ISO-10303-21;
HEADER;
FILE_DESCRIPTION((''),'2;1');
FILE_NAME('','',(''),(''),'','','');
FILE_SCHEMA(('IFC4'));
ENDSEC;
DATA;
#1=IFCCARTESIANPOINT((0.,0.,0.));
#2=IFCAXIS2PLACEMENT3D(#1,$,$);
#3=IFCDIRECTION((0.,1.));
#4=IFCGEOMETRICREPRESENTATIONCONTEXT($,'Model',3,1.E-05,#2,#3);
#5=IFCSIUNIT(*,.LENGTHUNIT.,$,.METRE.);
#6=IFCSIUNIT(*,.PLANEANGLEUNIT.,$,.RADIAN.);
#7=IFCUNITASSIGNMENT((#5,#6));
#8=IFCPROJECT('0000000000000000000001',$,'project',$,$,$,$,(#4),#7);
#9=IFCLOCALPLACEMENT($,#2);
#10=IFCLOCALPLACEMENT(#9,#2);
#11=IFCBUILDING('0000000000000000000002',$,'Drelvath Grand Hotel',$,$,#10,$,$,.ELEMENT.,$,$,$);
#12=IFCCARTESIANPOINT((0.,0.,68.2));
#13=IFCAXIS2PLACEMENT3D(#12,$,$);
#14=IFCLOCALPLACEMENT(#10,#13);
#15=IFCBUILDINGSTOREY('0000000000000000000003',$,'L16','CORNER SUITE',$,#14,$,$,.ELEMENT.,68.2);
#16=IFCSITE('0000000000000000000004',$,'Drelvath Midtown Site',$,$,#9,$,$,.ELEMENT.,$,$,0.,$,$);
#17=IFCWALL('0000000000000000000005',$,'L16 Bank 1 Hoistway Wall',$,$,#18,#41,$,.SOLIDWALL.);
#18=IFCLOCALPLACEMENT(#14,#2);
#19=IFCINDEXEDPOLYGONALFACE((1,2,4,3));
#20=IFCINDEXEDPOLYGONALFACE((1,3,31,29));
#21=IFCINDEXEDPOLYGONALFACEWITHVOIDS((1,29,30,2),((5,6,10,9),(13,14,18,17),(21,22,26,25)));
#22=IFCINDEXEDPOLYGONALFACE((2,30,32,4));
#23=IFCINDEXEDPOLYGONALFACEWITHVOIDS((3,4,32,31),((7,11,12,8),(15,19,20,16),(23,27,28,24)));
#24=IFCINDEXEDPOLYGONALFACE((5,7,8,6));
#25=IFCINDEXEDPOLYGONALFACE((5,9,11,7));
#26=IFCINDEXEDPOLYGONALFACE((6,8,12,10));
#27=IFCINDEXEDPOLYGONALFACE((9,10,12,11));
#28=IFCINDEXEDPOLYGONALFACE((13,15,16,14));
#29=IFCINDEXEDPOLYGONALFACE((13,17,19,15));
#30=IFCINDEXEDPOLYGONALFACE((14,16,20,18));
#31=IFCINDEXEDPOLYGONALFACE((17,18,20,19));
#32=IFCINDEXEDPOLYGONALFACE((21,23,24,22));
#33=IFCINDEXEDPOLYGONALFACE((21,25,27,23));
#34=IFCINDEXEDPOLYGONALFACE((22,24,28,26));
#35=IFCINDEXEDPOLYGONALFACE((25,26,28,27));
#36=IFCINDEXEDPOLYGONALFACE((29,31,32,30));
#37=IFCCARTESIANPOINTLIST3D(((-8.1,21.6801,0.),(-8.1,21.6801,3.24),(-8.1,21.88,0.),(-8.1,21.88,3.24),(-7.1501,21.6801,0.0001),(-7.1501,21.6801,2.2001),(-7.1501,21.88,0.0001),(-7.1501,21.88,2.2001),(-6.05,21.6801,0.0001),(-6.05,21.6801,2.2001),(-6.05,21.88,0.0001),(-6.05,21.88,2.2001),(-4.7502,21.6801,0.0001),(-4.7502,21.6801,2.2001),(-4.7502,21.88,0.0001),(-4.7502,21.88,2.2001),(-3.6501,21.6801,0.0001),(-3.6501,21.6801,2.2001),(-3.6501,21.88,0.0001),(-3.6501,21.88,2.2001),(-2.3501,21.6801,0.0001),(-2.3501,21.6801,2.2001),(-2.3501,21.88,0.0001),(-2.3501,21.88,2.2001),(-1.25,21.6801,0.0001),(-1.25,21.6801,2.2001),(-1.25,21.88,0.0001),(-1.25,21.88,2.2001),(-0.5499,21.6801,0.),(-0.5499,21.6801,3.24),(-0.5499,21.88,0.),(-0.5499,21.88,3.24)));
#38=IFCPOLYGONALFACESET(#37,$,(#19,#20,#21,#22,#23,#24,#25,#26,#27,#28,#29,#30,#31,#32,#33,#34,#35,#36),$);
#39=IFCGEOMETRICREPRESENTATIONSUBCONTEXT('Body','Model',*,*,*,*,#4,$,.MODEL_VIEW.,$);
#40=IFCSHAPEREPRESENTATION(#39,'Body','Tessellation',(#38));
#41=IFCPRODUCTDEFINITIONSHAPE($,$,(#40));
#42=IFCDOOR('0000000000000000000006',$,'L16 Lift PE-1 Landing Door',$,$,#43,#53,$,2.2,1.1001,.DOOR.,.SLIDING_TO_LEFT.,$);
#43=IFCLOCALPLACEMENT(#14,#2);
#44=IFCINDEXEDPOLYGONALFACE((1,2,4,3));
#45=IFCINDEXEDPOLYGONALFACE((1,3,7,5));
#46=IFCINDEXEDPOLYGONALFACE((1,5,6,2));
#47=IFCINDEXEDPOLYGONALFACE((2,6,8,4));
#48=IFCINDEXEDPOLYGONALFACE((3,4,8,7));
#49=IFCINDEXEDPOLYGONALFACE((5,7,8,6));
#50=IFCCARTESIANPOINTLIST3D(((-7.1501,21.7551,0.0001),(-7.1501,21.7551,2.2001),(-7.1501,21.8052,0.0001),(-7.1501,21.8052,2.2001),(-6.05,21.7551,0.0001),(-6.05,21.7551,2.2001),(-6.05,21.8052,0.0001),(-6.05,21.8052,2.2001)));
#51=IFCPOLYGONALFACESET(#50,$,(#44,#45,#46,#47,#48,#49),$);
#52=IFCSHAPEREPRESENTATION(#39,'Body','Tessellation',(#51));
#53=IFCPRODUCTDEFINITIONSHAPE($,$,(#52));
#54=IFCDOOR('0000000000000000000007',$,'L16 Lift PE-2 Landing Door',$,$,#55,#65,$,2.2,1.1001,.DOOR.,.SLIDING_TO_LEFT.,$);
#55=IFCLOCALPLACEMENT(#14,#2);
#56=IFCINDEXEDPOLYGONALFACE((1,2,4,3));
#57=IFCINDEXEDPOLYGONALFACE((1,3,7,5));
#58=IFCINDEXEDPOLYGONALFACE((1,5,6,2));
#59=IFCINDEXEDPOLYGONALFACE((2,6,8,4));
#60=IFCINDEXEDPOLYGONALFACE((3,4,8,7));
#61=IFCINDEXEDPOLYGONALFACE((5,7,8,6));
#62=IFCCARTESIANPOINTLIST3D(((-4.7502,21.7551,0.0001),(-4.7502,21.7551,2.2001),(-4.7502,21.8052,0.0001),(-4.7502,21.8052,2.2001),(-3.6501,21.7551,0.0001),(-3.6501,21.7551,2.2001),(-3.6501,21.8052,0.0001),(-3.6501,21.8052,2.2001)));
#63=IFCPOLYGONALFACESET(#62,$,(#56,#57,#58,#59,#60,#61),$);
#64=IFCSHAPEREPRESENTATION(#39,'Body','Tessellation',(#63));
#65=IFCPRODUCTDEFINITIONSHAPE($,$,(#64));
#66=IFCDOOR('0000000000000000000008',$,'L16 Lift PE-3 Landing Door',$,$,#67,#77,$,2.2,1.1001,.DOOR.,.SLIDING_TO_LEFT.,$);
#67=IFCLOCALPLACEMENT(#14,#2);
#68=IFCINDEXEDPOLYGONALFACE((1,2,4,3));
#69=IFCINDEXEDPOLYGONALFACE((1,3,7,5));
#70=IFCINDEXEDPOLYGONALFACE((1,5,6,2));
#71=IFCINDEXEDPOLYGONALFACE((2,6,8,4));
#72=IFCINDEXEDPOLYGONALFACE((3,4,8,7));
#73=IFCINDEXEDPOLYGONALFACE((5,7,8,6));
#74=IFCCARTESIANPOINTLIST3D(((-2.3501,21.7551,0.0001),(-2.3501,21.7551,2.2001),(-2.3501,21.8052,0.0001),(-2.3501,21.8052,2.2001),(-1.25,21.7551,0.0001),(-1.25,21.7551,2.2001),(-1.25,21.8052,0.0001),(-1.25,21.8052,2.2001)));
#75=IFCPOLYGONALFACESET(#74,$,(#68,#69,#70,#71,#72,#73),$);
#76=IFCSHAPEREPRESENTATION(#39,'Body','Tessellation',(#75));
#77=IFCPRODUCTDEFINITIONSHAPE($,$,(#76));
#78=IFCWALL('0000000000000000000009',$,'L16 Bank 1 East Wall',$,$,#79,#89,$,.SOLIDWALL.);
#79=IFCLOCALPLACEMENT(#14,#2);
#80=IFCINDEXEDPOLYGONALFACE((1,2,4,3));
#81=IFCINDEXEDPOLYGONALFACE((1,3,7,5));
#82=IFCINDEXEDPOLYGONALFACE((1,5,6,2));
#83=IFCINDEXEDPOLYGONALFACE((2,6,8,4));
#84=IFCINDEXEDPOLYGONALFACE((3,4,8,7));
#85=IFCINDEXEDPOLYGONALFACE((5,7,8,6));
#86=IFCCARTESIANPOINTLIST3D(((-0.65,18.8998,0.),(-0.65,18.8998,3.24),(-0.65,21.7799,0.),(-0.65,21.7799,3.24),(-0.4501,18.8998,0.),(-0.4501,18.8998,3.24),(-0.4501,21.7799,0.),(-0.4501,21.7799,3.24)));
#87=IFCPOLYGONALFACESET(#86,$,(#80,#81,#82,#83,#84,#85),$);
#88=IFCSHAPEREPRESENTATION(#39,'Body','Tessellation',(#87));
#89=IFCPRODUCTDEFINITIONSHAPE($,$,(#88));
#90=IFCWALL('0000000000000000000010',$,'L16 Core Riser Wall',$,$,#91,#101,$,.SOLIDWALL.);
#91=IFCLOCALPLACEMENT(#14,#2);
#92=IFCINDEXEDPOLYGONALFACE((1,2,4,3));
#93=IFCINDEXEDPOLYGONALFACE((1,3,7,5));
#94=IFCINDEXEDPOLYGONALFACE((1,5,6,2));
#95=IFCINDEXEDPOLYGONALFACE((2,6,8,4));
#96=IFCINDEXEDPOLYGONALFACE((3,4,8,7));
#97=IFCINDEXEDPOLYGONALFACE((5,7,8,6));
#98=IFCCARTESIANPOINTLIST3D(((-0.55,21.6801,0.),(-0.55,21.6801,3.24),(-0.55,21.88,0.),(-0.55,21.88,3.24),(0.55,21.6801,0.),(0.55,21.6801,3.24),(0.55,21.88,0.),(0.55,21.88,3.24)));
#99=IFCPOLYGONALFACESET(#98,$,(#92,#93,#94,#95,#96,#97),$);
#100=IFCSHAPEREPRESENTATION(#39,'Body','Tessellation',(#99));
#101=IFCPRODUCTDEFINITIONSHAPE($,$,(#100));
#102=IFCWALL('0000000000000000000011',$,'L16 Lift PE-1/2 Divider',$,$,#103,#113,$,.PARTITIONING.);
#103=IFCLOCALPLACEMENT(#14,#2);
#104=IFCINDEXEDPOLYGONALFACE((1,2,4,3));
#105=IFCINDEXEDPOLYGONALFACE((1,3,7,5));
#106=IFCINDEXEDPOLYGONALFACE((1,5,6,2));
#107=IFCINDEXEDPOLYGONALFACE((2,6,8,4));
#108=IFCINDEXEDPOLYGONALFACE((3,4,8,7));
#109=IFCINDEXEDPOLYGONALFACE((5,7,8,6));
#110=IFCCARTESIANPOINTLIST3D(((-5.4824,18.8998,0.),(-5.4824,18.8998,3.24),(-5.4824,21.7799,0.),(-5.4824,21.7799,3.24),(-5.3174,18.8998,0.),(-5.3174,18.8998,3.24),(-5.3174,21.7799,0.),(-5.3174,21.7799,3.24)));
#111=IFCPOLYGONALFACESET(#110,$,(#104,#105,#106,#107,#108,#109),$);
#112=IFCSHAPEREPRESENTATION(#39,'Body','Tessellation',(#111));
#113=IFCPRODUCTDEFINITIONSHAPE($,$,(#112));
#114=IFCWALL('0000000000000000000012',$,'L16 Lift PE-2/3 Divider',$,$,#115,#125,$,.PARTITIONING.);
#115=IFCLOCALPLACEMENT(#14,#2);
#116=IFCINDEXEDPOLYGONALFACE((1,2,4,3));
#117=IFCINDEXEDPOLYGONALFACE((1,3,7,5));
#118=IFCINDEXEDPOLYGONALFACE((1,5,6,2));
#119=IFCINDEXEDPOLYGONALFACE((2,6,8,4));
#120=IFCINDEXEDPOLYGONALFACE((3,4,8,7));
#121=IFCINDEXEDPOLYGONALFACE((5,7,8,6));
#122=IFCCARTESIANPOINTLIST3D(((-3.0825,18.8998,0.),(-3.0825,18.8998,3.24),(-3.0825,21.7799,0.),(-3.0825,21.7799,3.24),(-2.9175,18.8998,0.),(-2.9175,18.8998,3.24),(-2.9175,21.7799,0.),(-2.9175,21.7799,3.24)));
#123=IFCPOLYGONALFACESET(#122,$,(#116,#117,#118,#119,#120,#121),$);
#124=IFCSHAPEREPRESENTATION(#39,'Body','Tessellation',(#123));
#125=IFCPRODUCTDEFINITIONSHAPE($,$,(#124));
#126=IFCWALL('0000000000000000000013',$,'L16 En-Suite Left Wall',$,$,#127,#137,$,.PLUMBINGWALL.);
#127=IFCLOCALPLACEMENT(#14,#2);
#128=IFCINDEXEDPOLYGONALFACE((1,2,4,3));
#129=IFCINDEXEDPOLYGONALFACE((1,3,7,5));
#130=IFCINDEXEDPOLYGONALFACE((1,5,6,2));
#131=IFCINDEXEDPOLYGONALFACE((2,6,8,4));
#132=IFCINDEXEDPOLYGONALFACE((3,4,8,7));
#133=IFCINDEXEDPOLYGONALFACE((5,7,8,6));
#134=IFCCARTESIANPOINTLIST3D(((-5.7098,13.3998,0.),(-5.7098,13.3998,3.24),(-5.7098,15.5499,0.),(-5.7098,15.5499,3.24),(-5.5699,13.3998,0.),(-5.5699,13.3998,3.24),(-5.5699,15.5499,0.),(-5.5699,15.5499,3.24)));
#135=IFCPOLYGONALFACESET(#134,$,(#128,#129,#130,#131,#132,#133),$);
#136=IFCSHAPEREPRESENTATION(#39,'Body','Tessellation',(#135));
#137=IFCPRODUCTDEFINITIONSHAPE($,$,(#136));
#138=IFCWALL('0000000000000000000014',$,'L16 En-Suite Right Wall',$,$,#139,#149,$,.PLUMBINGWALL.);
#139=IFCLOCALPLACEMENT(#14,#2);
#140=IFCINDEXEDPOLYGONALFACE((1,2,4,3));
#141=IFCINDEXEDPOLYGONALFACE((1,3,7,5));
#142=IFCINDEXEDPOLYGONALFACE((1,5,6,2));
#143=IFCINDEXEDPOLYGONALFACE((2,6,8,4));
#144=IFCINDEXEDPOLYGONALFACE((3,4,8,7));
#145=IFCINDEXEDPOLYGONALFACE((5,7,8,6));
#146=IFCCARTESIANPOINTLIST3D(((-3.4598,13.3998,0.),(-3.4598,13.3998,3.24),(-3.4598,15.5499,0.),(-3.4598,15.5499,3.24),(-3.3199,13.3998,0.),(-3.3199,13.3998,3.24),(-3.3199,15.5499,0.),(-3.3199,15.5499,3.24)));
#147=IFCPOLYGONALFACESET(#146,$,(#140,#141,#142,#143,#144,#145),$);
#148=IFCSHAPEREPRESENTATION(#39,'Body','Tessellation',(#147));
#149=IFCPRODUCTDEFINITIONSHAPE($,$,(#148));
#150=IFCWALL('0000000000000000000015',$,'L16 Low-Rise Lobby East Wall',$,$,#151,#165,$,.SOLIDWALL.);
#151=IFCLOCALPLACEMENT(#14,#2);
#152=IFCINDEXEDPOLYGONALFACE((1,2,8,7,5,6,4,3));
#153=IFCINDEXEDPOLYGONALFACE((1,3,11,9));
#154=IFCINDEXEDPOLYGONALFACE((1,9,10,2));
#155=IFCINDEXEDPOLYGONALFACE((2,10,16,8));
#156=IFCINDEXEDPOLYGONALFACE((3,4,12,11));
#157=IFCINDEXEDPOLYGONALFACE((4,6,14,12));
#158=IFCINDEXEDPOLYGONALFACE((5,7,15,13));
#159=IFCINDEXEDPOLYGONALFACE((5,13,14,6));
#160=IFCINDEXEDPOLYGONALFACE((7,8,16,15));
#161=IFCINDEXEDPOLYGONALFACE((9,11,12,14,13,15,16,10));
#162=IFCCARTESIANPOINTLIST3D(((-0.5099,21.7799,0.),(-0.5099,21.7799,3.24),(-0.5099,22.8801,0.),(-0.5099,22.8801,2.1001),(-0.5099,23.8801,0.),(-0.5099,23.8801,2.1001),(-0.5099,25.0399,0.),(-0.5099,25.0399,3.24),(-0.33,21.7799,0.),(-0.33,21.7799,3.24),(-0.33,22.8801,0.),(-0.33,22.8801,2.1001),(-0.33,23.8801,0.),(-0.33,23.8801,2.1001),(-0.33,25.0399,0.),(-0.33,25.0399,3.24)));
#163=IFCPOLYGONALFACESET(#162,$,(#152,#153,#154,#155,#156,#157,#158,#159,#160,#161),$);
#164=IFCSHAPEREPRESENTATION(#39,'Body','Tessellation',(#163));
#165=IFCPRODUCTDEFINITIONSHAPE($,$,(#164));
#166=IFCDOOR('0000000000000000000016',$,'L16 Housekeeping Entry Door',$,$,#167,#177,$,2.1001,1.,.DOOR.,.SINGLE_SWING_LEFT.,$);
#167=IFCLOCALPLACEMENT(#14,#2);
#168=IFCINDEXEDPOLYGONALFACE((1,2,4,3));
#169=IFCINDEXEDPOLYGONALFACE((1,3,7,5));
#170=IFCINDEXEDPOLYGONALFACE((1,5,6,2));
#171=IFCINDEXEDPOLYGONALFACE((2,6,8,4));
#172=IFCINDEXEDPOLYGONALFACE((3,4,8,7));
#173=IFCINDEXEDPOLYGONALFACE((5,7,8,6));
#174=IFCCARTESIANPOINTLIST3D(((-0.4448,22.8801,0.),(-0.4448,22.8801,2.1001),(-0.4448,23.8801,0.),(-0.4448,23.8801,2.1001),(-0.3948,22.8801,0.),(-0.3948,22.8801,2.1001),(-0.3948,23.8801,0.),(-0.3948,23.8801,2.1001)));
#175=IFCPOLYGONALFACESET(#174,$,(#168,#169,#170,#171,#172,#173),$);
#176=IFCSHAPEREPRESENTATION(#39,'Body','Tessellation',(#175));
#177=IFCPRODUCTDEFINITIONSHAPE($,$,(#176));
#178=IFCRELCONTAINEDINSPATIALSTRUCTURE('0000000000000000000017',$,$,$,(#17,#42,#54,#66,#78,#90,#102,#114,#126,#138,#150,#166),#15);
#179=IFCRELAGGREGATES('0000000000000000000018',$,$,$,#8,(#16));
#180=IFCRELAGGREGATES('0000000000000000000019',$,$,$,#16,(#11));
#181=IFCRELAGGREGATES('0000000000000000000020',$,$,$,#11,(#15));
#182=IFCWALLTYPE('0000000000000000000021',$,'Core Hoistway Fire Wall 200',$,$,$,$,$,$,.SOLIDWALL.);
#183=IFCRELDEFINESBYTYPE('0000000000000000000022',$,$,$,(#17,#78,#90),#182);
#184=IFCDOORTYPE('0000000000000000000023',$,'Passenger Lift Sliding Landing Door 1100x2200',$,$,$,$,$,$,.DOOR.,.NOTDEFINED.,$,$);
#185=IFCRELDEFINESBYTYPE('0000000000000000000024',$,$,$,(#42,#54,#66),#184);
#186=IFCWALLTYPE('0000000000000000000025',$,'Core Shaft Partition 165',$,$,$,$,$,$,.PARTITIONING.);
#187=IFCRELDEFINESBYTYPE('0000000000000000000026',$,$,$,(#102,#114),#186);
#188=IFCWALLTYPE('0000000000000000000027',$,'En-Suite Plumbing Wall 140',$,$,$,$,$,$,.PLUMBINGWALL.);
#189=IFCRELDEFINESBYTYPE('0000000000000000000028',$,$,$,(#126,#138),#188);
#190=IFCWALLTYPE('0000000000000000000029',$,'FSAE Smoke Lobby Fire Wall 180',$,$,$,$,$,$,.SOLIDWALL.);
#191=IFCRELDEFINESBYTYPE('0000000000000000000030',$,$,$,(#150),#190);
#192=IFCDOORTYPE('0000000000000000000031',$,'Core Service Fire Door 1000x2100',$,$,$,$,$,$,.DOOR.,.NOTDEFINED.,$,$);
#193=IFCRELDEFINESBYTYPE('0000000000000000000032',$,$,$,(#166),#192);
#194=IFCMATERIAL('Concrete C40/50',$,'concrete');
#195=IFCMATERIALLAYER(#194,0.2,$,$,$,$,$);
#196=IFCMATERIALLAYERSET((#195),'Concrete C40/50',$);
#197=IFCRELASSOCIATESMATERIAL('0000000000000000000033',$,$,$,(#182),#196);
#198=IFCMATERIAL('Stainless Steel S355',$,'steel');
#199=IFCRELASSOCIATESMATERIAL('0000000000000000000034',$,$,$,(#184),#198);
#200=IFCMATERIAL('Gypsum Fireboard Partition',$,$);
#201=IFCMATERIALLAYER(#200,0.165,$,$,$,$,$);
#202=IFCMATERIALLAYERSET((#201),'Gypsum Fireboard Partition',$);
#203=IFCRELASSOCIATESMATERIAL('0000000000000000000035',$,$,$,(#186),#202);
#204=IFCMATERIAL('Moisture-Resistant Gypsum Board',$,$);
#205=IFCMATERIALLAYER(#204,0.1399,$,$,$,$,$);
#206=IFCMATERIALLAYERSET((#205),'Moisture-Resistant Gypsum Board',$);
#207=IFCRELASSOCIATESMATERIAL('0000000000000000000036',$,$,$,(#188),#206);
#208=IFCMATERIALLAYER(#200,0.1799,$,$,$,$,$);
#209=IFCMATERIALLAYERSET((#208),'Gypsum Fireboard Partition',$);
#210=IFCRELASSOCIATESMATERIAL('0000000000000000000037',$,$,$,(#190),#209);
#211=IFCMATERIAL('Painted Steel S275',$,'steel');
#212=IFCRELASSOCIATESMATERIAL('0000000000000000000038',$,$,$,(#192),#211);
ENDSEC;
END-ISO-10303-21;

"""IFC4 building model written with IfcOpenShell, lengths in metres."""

from ifc_helpers import new_model, si_unit, direction, frame, frame_2d, origin, place, context, subcontext, project, spatial, rectangle, extrude, material, layer, layer_set, type_object, element, fill, save


model = new_model("IFC4")

# Units and contexts
model_context = context("Model", 3, precision=1e-05, world=origin(), true_north=direction((0.0, 1.0)))
body_context = subcontext(model_context, "Body", "Model", "MODEL_VIEW")
ifc_project = project(units=[si_unit("LENGTHUNIT", "METRE"), si_unit("PLANEANGLEUNIT", "RADIAN")], contexts=[model_context])

# Site, building, storey
site_placement = place(None, origin())
site = spatial("IfcSite", under=ifc_project, at=site_placement, Name="Drelvath Midtown Site", CompositionType="ELEMENT", RefElevation=0.0)
building_placement = place(site_placement, origin())
building = spatial("IfcBuilding", under=site, at=building_placement, Name="Drelvath Grand Hotel", CompositionType="ELEMENT")
storey_placement = place(building_placement, frame((0.0, 0.0, 68.2)))
storey = spatial("IfcBuildingStorey", under=building, at=storey_placement, Name="L16", Description="CORNER SUITE", CompositionType="ELEMENT", Elevation=68.2)

# Wall, openings, doors
ifc_material_1 = material(Name="Concrete C40/50", Category="concrete")
ifc_layer_1 = layer(ifc_material_1, 0.2)
ifc_layer_set_1 = layer_set([ifc_layer_1], Name="Concrete C40/50")
wall_type_1 = type_object("IfcWallType", Name="Core Hoistway Fire Wall 200", PredefinedType="SOLIDWALL", material=ifc_layer_set_1)
wall_1_placement = place(storey_placement, frame((-0.55, 21.78, 0.0), z_axis=(0.0, 0.0, 1.0), x_axis=(-1.0, 0.0, 0.0)))
wall_1 = element("IfcWall", 1, at=wall_1_placement, inside=storey, type_object=wall_type_1, Name="L16 Bank 1 Hoistway Wall", PredefinedType="SOLIDWALL", context=body_context, shape_type="SweptSolid", body=[
    extrude(rectangle(XDim=7.55, YDim=0.2, at=frame_2d((3.7749, 0.0))), origin(), (0.0, 0.0, 1.0), 3.24),
])
opening_1_placement = place(wall_1_placement, frame((5.5, 0.0, 0.0)))
opening_1 = element("IfcOpeningElement", 2, at=opening_1_placement, cuts=wall_1, PredefinedType="OPENING", context=body_context, shape_type="SweptSolid", body=[
    extrude(rectangle(XDim=1.1001, YDim=2.2, at=frame_2d((0.55, 1.1001))), frame((0.0, 0.1099, 0.0), z_axis=(0.0, -1.0, 0.0), x_axis=(1.0, 0.0, 0.0)), (0.0, 0.0, 1.0), 0.22),
])
opening_2_placement = place(wall_1_placement, frame((3.1001, 0.0, 0.0)))
opening_2 = element("IfcOpeningElement", 3, at=opening_2_placement, cuts=wall_1, PredefinedType="OPENING", context=body_context, shape_type="SweptSolid", body=[
    extrude(rectangle(XDim=1.1001, YDim=2.2, at=frame_2d((0.55, 1.1001))), frame((0.0, 0.1099, 0.0), z_axis=(0.0, -1.0, 0.0), x_axis=(1.0, 0.0, 0.0)), (0.0, 0.0, 1.0), 0.22),
])
opening_3_placement = place(wall_1_placement, frame((0.7, 0.0, 0.0)))
opening_3 = element("IfcOpeningElement", 4, at=opening_3_placement, cuts=wall_1, PredefinedType="OPENING", context=body_context, shape_type="SweptSolid", body=[
    extrude(rectangle(XDim=1.1001, YDim=2.2, at=frame_2d((0.55, 1.1001))), frame((0.0, 0.1099, 0.0), z_axis=(0.0, -1.0, 0.0), x_axis=(1.0, 0.0, 0.0)), (0.0, 0.0, 1.0), 0.22),
])
ifc_material_2 = material(Name="Stainless Steel S355", Category="steel")
door_type_1 = type_object("IfcDoorType", Name="Passenger Lift Sliding Landing Door 1100x2200", OperationType="NOTDEFINED", PredefinedType="DOOR", material=ifc_material_2)
door_1_placement = place(opening_1_placement, origin())
door_1 = element("IfcDoor", 5, at=door_1_placement, inside=storey, type_object=door_type_1, Name="L16 Lift PE-1 Landing Door", OperationType="SLIDING_TO_LEFT", OverallHeight=2.2, OverallWidth=1.1001, PredefinedType="DOOR", context=body_context, shape_type="SweptSolid", body=[
    extrude(rectangle(XDim=1.1001, YDim=2.2, at=frame_2d((0.55, 1.1001))), frame((0.0, 0.0249, 0.0), z_axis=(0.0, -1.0, 0.0), x_axis=(1.0, 0.0, 0.0)), (0.0, 0.0, 1.0), 0.05),
])
fill(opening_1, door_1)
door_2_placement = place(opening_2_placement, origin())
door_2 = element("IfcDoor", 6, at=door_2_placement, inside=storey, type_object=door_type_1, Name="L16 Lift PE-2 Landing Door", OperationType="SLIDING_TO_LEFT", OverallHeight=2.2, OverallWidth=1.1001, PredefinedType="DOOR", context=body_context, shape_type="SweptSolid", body=[
    extrude(rectangle(XDim=1.1001, YDim=2.2, at=frame_2d((0.55, 1.1001))), frame((0.0, 0.0249, 0.0), z_axis=(0.0, -1.0, 0.0), x_axis=(1.0, 0.0, 0.0)), (0.0, 0.0, 1.0), 0.05),
])
fill(opening_2, door_2)
door_3_placement = place(opening_3_placement, origin())
door_3 = element("IfcDoor", 7, at=door_3_placement, inside=storey, type_object=door_type_1, Name="L16 Lift PE-3 Landing Door", OperationType="SLIDING_TO_LEFT", OverallHeight=2.2, OverallWidth=1.1001, PredefinedType="DOOR", context=body_context, shape_type="SweptSolid", body=[
    extrude(rectangle(XDim=1.1001, YDim=2.2, at=frame_2d((0.55, 1.1001))), frame((0.0, 0.0249, 0.0), z_axis=(0.0, -1.0, 0.0), x_axis=(1.0, 0.0, 0.0)), (0.0, 0.0, 1.0), 0.05),
])
fill(opening_3, door_3)

# Walls
wall_2_placement = place(storey_placement, frame((-0.55, 18.8999, 0.0), z_axis=(0.0, 0.0, 1.0), x_axis=(0.0, 1.0, 0.0)))
element("IfcWall", 8, at=wall_2_placement, inside=storey, type_object=wall_type_1, Name="L16 Bank 1 East Wall", PredefinedType="SOLIDWALL", context=body_context, shape_type="SweptSolid", body=[
    extrude(rectangle(XDim=2.8801, YDim=0.2, at=frame_2d((1.4399, 0.0))), origin(), (0.0, 0.0, 1.0), 3.24),
])
wall_3_placement = place(storey_placement, frame((-0.55, 21.78, 0.0), z_axis=(0.0, 0.0, 1.0), x_axis=(1.0, 0.0, 0.0)))
element("IfcWall", 9, at=wall_3_placement, inside=storey, type_object=wall_type_1, Name="L16 Core Riser Wall", PredefinedType="SOLIDWALL", context=body_context, shape_type="SweptSolid", body=[
    extrude(rectangle(XDim=1.1001, YDim=0.2, at=frame_2d((0.55, 0.0))), origin(), (0.0, 0.0, 1.0), 3.24),
])
ifc_material_3 = material(Name="Gypsum Fireboard Partition")
ifc_layer_2 = layer(ifc_material_3, 0.165)
ifc_layer_set_2 = layer_set([ifc_layer_2], Name="Gypsum Fireboard Partition")
wall_type_2 = type_object("IfcWallType", Name="Core Shaft Partition 165", PredefinedType="PARTITIONING", material=ifc_layer_set_2)
for number, where, z_axis, x_axis, name in (
    (10, (-5.3999, 18.8999, 0.0), (0.0, 0.0, 1.0), (0.0, 1.0, 0.0), "L16 Lift PE-1/2 Divider"),
    (11, (-3.0, 18.8999, 0.0), (0.0, 0.0, 1.0), (0.0, 1.0, 0.0), "L16 Lift PE-2/3 Divider"),
):
    element("IfcWall", number, at=place(storey_placement, frame(where, z_axis=z_axis, x_axis=x_axis)), inside=storey, type_object=wall_type_2, Name=name, PredefinedType="PARTITIONING", context=body_context, shape_type="SweptSolid", body=[
        extrude(rectangle(XDim=2.8801, YDim=0.165, at=frame_2d((1.4399, 0.0))), origin(), (0.0, 0.0, 1.0), 3.24),
    ])
ifc_material_4 = material(Name="Moisture-Resistant Gypsum Board")
ifc_layer_3 = layer(ifc_material_4, 0.1399)
ifc_layer_set_3 = layer_set([ifc_layer_3], Name="Moisture-Resistant Gypsum Board")
wall_type_3 = type_object("IfcWallType", Name="En-Suite Plumbing Wall 140", PredefinedType="PLUMBINGWALL", material=ifc_layer_set_3)
for number, where, z_axis, x_axis, name in (
    (12, (-5.6399, 15.55, 0.0), (0.0, 0.0, 1.0), (0.0, -1.0, 0.0), "L16 En-Suite Left Wall"),
    (13, (-3.3899, 15.55, 0.0), (0.0, 0.0, 1.0), (0.0, -1.0, 0.0), "L16 En-Suite Right Wall"),
):
    element("IfcWall", number, at=place(storey_placement, frame(where, z_axis=z_axis, x_axis=x_axis)), inside=storey, type_object=wall_type_3, Name=name, PredefinedType="PLUMBINGWALL", context=body_context, shape_type="SweptSolid", body=[
        extrude(rectangle(XDim=2.1501, YDim=0.1399, at=frame_2d((1.0752, 0.0))), origin(), (0.0, 0.0, 1.0), 3.24),
    ])

# Wall, opening, door
ifc_layer_4 = layer(ifc_material_3, 0.1799)
ifc_layer_set_4 = layer_set([ifc_layer_4], Name="Gypsum Fireboard Partition")
wall_type_4 = type_object("IfcWallType", Name="FSAE Smoke Lobby Fire Wall 180", PredefinedType="SOLIDWALL", material=ifc_layer_set_4)
wall_4_placement = place(storey_placement, frame((-0.4199, 21.78, 0.0), z_axis=(0.0, 0.0, 1.0), x_axis=(0.0, 1.0, 0.0)))
wall_4 = element("IfcWall", 14, at=wall_4_placement, inside=storey, type_object=wall_type_4, Name="L16 Low-Rise Lobby East Wall", PredefinedType="SOLIDWALL", context=body_context, shape_type="SweptSolid", body=[
    extrude(rectangle(XDim=3.26, YDim=0.1799, at=frame_2d((1.6299, 0.0))), origin(), (0.0, 0.0, 1.0), 3.24),
])
opening_4_placement = place(wall_4_placement, frame((1.1001, 0.0, 0.0)))
opening_4 = element("IfcOpeningElement", 15, at=opening_4_placement, cuts=wall_4, PredefinedType="OPENING", context=body_context, shape_type="SweptSolid", body=[
    extrude(rectangle(XDim=1.0, YDim=2.1001, at=frame_2d((0.5, 1.05))), frame((0.0, 0.0999, 0.0), z_axis=(0.0, -1.0, 0.0), x_axis=(1.0, 0.0, 0.0)), (0.0, 0.0, 1.0), 0.2),
])
ifc_material_5 = material(Name="Painted Steel S275", Category="steel")
door_type_2 = type_object("IfcDoorType", Name="Core Service Fire Door 1000x2100", OperationType="NOTDEFINED", PredefinedType="DOOR", material=ifc_material_5)
door_4_placement = place(opening_4_placement, origin())
door_4 = element("IfcDoor", 16, at=door_4_placement, inside=storey, type_object=door_type_2, Name="L16 Housekeeping Entry Door", OperationType="SINGLE_SWING_LEFT", OverallHeight=2.1001, OverallWidth=1.0, PredefinedType="DOOR", context=body_context, shape_type="SweptSolid", body=[
    extrude(rectangle(XDim=1.0, YDim=2.1001, at=frame_2d((0.5, 1.05))), frame((0.0, 0.0249, 0.0), z_axis=(0.0, -1.0, 0.0), x_axis=(1.0, 0.0, 0.0)), (0.0, 0.0, 1.0), 0.05),
])
fill(opening_4, door_4)

save(model, "model.ifc")
